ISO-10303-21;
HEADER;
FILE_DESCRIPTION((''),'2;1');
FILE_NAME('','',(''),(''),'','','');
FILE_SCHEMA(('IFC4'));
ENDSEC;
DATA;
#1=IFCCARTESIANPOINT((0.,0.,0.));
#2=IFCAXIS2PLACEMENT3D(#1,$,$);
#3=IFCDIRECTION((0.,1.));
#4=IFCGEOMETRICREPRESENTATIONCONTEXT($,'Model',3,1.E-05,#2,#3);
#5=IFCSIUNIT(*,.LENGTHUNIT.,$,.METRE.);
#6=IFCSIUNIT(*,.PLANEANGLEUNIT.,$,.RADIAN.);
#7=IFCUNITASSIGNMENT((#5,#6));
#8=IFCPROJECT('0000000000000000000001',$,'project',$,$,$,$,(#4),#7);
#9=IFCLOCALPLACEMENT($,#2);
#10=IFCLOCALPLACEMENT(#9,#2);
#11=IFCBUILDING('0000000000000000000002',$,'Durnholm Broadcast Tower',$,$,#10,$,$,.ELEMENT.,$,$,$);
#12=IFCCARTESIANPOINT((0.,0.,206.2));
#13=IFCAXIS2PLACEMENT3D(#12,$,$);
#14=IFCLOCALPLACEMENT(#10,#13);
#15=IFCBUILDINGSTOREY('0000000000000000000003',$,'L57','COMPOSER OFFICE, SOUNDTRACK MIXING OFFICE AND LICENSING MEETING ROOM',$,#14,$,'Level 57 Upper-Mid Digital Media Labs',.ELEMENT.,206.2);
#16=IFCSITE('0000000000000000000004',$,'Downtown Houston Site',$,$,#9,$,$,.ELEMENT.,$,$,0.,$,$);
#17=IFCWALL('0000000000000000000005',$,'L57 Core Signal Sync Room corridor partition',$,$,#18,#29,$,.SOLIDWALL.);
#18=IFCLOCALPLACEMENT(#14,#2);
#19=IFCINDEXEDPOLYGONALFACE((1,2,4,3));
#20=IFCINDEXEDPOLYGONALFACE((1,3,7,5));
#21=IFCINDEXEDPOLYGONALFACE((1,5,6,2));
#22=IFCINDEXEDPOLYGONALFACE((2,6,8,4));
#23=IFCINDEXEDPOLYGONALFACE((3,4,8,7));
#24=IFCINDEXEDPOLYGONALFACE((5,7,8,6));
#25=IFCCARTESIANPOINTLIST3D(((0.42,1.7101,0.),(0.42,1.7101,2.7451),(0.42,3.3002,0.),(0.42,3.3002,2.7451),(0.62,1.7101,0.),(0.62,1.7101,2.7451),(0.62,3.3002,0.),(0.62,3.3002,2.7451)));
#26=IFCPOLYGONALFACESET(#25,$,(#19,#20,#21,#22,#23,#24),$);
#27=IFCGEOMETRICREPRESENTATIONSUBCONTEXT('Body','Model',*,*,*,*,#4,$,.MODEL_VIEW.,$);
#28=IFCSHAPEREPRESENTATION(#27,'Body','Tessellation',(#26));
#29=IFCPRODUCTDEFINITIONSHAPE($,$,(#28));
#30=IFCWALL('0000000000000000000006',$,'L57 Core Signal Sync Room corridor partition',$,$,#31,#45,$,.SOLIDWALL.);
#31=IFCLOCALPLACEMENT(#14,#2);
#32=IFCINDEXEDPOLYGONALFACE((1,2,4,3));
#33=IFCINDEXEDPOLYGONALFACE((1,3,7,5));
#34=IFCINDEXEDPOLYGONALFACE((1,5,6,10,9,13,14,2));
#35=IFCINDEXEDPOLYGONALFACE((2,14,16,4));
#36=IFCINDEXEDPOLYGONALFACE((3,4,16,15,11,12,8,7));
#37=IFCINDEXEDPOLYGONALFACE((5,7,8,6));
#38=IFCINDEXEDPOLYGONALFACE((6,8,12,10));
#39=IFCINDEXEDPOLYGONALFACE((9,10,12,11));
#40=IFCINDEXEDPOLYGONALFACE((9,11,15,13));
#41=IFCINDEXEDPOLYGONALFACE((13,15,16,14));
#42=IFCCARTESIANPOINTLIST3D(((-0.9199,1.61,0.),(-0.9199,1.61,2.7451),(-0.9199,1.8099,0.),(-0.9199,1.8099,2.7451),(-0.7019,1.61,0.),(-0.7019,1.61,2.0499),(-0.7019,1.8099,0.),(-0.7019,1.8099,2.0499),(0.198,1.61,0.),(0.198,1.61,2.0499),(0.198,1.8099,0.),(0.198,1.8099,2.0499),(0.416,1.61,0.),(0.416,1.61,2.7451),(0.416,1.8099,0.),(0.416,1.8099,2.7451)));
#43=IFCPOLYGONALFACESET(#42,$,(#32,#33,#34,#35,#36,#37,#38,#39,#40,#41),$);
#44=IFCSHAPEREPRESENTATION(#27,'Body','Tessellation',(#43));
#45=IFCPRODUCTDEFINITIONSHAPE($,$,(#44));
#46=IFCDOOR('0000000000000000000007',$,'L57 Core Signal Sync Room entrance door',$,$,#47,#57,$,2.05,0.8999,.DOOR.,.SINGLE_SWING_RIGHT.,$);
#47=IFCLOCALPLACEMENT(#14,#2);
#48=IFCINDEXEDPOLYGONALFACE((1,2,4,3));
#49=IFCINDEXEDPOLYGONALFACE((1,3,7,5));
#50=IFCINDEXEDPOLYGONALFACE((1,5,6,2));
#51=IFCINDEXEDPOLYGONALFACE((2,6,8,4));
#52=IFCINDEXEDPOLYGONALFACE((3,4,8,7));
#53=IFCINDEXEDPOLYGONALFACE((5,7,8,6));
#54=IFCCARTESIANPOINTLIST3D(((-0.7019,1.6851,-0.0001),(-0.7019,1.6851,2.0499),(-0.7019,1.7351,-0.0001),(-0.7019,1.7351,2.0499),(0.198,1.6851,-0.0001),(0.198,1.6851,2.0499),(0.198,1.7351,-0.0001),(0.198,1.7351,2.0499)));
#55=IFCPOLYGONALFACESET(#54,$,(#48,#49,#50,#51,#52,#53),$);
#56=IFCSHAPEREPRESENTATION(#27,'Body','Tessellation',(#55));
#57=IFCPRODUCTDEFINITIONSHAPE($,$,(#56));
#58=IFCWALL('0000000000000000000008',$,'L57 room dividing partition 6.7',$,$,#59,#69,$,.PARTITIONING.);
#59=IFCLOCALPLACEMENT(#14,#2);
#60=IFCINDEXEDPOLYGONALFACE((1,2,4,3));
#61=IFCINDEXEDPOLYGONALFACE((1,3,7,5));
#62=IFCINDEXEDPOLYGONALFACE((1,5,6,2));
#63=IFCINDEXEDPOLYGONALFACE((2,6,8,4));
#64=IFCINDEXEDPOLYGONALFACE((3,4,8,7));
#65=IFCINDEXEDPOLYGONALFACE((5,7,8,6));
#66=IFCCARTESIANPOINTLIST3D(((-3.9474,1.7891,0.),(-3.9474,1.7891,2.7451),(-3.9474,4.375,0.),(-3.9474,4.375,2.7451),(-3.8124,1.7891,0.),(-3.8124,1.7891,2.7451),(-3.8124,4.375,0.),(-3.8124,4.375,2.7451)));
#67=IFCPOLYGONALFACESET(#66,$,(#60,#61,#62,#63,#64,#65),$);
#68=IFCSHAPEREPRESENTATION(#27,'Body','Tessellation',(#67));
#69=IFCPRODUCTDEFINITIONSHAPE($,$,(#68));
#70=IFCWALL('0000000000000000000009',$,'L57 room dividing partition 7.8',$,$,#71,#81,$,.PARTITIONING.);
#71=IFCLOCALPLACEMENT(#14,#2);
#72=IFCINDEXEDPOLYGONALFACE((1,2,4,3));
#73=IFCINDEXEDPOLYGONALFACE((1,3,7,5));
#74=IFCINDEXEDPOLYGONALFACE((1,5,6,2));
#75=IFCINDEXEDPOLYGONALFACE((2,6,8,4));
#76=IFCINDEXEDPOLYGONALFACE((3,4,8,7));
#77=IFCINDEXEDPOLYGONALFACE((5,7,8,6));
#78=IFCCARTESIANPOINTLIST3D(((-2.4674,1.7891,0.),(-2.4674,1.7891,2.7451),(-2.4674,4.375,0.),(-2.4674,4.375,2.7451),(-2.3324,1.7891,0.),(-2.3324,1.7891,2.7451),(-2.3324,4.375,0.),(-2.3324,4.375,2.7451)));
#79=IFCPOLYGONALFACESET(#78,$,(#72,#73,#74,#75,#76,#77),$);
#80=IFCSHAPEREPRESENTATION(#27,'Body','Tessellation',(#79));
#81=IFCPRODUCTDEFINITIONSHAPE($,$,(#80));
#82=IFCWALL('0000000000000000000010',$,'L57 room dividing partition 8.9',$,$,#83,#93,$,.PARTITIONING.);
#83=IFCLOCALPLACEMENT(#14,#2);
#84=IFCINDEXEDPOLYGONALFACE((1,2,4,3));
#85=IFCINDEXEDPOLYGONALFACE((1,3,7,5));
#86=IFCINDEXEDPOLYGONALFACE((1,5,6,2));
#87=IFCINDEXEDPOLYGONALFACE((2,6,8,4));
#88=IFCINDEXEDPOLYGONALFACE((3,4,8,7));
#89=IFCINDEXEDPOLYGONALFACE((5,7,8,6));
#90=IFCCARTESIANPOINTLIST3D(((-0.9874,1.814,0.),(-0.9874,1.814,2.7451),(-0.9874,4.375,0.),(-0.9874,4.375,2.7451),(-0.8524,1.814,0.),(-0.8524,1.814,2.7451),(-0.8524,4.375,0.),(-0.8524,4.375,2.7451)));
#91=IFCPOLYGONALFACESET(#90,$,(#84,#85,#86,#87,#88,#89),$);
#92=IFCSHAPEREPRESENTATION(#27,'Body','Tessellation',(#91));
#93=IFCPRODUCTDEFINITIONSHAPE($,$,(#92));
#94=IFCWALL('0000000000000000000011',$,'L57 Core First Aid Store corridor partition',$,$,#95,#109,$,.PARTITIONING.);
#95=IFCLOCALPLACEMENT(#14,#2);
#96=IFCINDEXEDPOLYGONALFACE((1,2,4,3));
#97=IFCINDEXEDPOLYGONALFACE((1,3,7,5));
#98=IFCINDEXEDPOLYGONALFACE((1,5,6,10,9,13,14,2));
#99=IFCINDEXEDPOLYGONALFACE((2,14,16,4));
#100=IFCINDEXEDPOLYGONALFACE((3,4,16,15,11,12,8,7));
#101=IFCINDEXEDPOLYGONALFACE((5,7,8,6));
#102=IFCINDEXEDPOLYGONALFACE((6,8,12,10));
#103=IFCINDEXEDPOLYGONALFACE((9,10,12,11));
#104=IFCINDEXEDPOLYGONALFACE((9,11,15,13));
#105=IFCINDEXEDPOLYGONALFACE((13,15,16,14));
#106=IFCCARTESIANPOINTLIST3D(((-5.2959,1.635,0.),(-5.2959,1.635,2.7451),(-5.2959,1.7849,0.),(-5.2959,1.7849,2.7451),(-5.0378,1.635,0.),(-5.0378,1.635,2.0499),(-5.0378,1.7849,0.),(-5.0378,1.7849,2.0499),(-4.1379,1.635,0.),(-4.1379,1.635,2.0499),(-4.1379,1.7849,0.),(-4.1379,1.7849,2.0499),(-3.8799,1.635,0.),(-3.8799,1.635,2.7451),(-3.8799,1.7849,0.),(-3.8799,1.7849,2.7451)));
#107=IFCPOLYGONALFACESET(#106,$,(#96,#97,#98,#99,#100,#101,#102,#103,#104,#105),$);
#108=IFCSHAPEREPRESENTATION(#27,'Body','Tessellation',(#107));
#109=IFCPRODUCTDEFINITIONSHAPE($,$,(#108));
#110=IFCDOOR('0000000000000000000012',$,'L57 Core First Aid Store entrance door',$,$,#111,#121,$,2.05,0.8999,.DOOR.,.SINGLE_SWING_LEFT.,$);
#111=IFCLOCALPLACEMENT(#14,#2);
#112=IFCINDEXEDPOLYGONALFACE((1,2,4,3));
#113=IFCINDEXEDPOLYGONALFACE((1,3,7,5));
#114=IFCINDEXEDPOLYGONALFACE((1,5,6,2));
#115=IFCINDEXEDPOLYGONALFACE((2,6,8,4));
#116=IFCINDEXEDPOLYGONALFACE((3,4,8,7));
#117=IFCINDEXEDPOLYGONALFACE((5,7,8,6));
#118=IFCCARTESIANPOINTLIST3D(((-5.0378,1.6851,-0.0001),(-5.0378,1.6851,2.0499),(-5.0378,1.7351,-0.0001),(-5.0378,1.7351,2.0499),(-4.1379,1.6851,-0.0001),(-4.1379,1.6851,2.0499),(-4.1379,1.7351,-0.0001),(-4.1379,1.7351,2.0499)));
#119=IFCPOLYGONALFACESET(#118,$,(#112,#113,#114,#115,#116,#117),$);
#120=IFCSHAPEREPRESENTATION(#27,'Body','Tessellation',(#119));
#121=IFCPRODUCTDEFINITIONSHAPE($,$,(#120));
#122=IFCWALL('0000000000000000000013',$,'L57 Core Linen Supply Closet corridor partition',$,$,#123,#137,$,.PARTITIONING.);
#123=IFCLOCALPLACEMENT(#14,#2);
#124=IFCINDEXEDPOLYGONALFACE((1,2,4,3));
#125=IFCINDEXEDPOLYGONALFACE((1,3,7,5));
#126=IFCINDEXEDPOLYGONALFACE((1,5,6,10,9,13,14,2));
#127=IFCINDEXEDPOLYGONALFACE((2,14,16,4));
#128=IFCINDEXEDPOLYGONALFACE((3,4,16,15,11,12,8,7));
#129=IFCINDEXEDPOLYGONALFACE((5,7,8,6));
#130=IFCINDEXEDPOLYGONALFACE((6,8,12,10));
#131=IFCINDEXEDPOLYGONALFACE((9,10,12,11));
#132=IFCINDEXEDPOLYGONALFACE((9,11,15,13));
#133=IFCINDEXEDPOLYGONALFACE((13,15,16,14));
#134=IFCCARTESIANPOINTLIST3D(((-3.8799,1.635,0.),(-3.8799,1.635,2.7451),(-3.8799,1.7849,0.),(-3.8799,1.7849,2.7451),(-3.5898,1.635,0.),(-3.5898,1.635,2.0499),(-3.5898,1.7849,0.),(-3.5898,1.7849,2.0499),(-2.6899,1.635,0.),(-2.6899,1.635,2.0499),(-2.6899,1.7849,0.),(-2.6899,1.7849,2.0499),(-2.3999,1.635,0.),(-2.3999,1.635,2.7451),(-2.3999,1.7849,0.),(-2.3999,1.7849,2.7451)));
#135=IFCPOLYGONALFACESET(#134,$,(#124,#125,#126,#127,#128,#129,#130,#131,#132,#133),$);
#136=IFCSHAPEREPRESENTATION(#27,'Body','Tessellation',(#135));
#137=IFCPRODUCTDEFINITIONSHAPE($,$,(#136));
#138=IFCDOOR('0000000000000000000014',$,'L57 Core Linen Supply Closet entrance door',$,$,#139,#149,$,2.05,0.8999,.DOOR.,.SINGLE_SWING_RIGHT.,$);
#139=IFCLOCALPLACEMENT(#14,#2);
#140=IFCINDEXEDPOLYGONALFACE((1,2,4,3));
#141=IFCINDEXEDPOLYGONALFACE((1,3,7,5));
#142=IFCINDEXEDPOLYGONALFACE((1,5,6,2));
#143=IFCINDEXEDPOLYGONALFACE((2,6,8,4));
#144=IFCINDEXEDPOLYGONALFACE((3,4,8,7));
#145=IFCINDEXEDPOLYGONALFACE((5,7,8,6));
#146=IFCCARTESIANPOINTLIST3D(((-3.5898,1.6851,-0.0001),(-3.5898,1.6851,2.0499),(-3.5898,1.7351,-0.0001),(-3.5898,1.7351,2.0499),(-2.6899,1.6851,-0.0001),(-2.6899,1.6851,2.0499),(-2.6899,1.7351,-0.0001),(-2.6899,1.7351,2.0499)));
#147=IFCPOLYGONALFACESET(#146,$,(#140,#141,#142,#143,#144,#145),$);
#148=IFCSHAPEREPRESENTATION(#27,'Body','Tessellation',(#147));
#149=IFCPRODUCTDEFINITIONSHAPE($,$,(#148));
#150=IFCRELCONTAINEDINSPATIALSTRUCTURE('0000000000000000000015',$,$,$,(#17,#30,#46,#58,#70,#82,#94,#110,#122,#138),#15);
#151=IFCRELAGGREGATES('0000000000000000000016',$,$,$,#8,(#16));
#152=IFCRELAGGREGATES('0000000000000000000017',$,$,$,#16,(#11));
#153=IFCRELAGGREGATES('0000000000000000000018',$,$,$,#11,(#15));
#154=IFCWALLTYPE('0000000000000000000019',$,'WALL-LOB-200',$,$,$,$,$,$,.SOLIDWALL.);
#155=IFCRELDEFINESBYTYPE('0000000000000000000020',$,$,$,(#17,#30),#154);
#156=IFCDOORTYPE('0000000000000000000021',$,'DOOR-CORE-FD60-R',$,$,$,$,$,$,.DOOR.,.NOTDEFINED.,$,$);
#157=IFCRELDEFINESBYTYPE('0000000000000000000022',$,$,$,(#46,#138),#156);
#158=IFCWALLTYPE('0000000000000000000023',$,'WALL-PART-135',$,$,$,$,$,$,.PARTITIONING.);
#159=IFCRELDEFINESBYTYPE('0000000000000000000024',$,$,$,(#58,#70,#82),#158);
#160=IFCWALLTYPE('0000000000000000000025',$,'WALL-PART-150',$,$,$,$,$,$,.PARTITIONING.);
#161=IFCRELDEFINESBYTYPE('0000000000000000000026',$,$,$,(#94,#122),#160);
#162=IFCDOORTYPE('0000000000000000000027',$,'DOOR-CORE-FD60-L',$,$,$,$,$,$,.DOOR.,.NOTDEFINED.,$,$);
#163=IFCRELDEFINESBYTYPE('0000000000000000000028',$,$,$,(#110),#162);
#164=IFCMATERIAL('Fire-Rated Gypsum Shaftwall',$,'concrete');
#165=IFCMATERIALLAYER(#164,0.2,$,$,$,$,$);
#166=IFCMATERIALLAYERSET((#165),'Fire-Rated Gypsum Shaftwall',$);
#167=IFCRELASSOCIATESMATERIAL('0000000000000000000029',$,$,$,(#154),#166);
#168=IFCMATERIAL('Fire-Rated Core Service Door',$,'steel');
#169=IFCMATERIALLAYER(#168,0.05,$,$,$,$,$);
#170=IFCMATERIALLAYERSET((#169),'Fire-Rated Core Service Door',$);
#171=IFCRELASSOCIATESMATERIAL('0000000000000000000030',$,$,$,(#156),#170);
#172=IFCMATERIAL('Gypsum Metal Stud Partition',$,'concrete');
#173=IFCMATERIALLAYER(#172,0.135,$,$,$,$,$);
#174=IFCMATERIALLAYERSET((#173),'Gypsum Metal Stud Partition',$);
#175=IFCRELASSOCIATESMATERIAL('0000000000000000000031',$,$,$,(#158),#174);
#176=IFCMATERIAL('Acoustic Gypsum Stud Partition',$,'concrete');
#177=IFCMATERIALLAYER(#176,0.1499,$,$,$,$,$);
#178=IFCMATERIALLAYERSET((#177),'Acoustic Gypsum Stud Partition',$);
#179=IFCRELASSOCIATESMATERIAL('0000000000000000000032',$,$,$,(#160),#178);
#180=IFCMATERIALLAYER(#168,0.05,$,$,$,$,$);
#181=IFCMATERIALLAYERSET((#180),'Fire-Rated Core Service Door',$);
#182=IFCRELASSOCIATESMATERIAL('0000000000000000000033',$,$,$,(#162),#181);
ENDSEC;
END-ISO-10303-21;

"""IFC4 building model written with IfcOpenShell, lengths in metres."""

from ifc_helpers import new_model, si_unit, direction, frame, frame_2d, origin, place, context, subcontext, project, spatial, rectangle, extrude, source, transform, mapped, material, layer, layer_set, type_object, type_shapes, element, fill, save


model = new_model("IFC4")

# Units and contexts
model_context = context("Model", 3, precision=1e-05, world=origin(), true_north=direction((0.0, 1.0)))
body_context = subcontext(model_context, "Body", "Model", "MODEL_VIEW")
ifc_project = project(units=[si_unit("LENGTHUNIT", "METRE"), si_unit("PLANEANGLEUNIT", "RADIAN")], contexts=[model_context])

# Site, building, storey
site_placement = place(None, origin())
site = spatial("IfcSite", under=ifc_project, at=site_placement, Name="Downtown Houston Site", CompositionType="ELEMENT", RefElevation=0.0)
building_placement = place(site_placement, origin())
building = spatial("IfcBuilding", under=site, at=building_placement, Name="Durnholm Broadcast Tower", CompositionType="ELEMENT")
storey_placement = place(building_placement, frame((0.0, 0.0, 206.2)))
storey = spatial("IfcBuildingStorey", under=building, at=storey_placement, Name="L57", Description="COMPOSER OFFICE, SOUNDTRACK MIXING OFFICE AND LICENSING MEETING ROOM", LongName="Level 57 Upper-Mid Digital Media Labs", CompositionType="ELEMENT", Elevation=206.2)

# Shared definitions
ifc_material_1 = material(Name="Fire-Rated Gypsum Shaftwall", Category="concrete")
ifc_layer_1 = layer(ifc_material_1, 0.2)
ifc_layer_set_1 = layer_set([ifc_layer_1], Name="Fire-Rated Gypsum Shaftwall")
wall_type_1 = type_object("IfcWallType", Name="WALL-LOB-200", PredefinedType="SOLIDWALL", material=ifc_layer_set_1)

# Wall
wall_1_placement = place(storey_placement, frame((0.52, 3.3, 0.0), z_axis=(0.0, 0.0, 1.0), x_axis=(0.0, -1.0, 0.0)))
element("IfcWall", 1, at=wall_1_placement, inside=storey, type_object=wall_type_1, Name="L57 Core Signal Sync Room corridor partition", PredefinedType="SOLIDWALL", context=body_context, shape_type="SweptSolid", body=[
    extrude(rectangle(XDim=1.5901, YDim=0.2, at=frame_2d((0.7949, 0.0))), origin(), (0.0, 0.0, 1.0), 2.7451),
])

# Wall, opening, door
wall_2_placement = place(storey_placement, frame((0.416, 1.71, 0.0), z_axis=(0.0, 0.0, 1.0), x_axis=(-1.0, 0.0, 0.0)))
wall_2 = element("IfcWall", 2, at=wall_2_placement, inside=storey, type_object=wall_type_1, Name="L57 Core Signal Sync Room corridor partition", PredefinedType="SOLIDWALL", context=body_context, shape_type="SweptSolid", body=[
    extrude(rectangle(XDim=1.3359, YDim=0.2, at=frame_2d((0.668, 0.0))), origin(), (0.0, 0.0, 1.0), 2.7451),
])
opening_1_placement = place(wall_2_placement, frame((0.218, 0.0, 0.0)))
opening_1 = element("IfcOpeningElement", 3, at=opening_1_placement, cuts=wall_2, PredefinedType="OPENING", context=body_context, shape_type="SweptSolid", body=[
    extrude(rectangle(XDim=0.8999, YDim=2.05, at=frame_2d((0.45, 1.0249))), frame((0.0, 0.1099, 0.0), z_axis=(0.0, -1.0, 0.0), x_axis=(1.0, 0.0, 0.0)), (0.0, 0.0, 1.0), 0.22),
])
ifc_material_2 = material(Name="Fire-Rated Core Service Door", Category="steel")
ifc_layer_2 = layer(ifc_material_2, 0.05)
ifc_layer_set_2 = layer_set([ifc_layer_2], Name="Fire-Rated Core Service Door")
door_type_1 = type_object("IfcDoorType", Name="DOOR-CORE-FD60-R", OperationType="NOTDEFINED", PredefinedType="DOOR", material=ifc_layer_set_2)
shared_shape_1 = source(origin(), body_context, "Body", "SweptSolid", [
    extrude(rectangle(XDim=0.8999, YDim=2.05, at=frame_2d((0.45, 1.0249))), frame((0.0, 0.0249, 0.0), z_axis=(0.0, -1.0, 0.0), x_axis=(1.0, 0.0, 0.0)), (0.0, 0.0, 1.0), 0.05),
])
type_shapes(door_type_1, [shared_shape_1])
door_1_placement = place(opening_1_placement, origin())
door_1 = element("IfcDoor", 4, at=door_1_placement, inside=storey, type_object=door_type_1, Name="L57 Core Signal Sync Room entrance door", OperationType="SINGLE_SWING_RIGHT", OverallHeight=2.05, OverallWidth=0.8999, PredefinedType="DOOR", context=body_context, shape_type="MappedRepresentation", body=[
    mapped(shared_shape_1, transform((0.0, 0.0, 0.0), x_axis=(1.0, 0.0, 0.0), y_axis=(0.0, 1.0, 0.0), z_axis=(0.0, 0.0, 1.0), scale=1.0)),
])
fill(opening_1, door_1)

# Walls
ifc_material_3 = material(Name="Gypsum Metal Stud Partition", Category="concrete")
ifc_layer_3 = layer(ifc_material_3, 0.135)
ifc_layer_set_3 = layer_set([ifc_layer_3], Name="Gypsum Metal Stud Partition")
wall_type_2 = type_object("IfcWallType", Name="WALL-PART-135", PredefinedType="PARTITIONING", material=ifc_layer_set_3)
for number, where, z_axis, x_axis, name in (
    (5, (-3.8799, 4.375, 0.0), (0.0, 0.0, 1.0), (0.0, -1.0, 0.0), "L57 room dividing partition 6.7"),
    (6, (-2.3999, 4.375, 0.0), (0.0, 0.0, 1.0), (0.0, -1.0, 0.0), "L57 room dividing partition 7.8"),
):
    element("IfcWall", number, at=place(storey_placement, frame(where, z_axis=z_axis, x_axis=x_axis)), inside=storey, type_object=wall_type_2, Name=name, PredefinedType="PARTITIONING", context=body_context, shape_type="SweptSolid", body=[
        extrude(rectangle(XDim=2.5859, YDim=0.135, at=frame_2d((1.293, 0.0))), origin(), (0.0, 0.0, 1.0), 2.7451),
    ])
wall_3_placement = place(storey_placement, frame((-0.9199, 4.375, 0.0), z_axis=(0.0, 0.0, 1.0), x_axis=(0.0, -1.0, 0.0)))
element("IfcWall", 7, at=wall_3_placement, inside=storey, type_object=wall_type_2, Name="L57 room dividing partition 8.9", PredefinedType="PARTITIONING", context=body_context, shape_type="SweptSolid", body=[
    extrude(rectangle(XDim=2.561, YDim=0.135, at=frame_2d((1.2805, 0.0))), origin(), (0.0, 0.0, 1.0), 2.7451),
])

# Walls, openings, doors
ifc_material_4 = material(Name="Acoustic Gypsum Stud Partition", Category="concrete")
ifc_layer_4 = layer(ifc_material_4, 0.1499)
ifc_layer_set_4 = layer_set([ifc_layer_4], Name="Acoustic Gypsum Stud Partition")
wall_type_3 = type_object("IfcWallType", Name="WALL-PART-150", PredefinedType="PARTITIONING", material=ifc_layer_set_4)
wall_4_placement = place(storey_placement, frame((-3.8799, 1.71, 0.0), z_axis=(0.0, 0.0, 1.0), x_axis=(-1.0, 0.0, 0.0)))
wall_4 = element("IfcWall", 8, at=wall_4_placement, inside=storey, type_object=wall_type_3, Name="L57 Core First Aid Store corridor partition", PredefinedType="PARTITIONING", context=body_context, shape_type="SweptSolid", body=[
    extrude(rectangle(XDim=1.416, YDim=0.1499, at=frame_2d((0.708, 0.0))), origin(), (0.0, 0.0, 1.0), 2.7451),
])
opening_2_placement = place(wall_4_placement, frame((0.2581, 0.0, 0.0)))
opening_2 = element("IfcOpeningElement", 9, at=opening_2_placement, cuts=wall_4, PredefinedType="OPENING", context=body_context, shape_type="SweptSolid", body=[
    extrude(rectangle(XDim=0.8999, YDim=2.05, at=frame_2d((0.45, 1.0249))), frame((0.0, 0.085, 0.0), z_axis=(0.0, -1.0, 0.0), x_axis=(1.0, 0.0, 0.0)), (0.0, 0.0, 1.0), 0.1699),
])
ifc_layer_5 = layer(ifc_material_2, 0.05)
ifc_layer_set_5 = layer_set([ifc_layer_5], Name="Fire-Rated Core Service Door")
door_type_2 = type_object("IfcDoorType", Name="DOOR-CORE-FD60-L", OperationType="NOTDEFINED", PredefinedType="DOOR", material=ifc_layer_set_5)
shared_shape_2 = source(origin(), body_context, "Body", "SweptSolid", [
    extrude(rectangle(XDim=0.8999, YDim=2.05, at=frame_2d((0.45, 1.0249))), frame((0.0, 0.0249, 0.0), z_axis=(0.0, -1.0, 0.0), x_axis=(1.0, 0.0, 0.0)), (0.0, 0.0, 1.0), 0.05),
])
type_shapes(door_type_2, [shared_shape_2])
door_2_placement = place(opening_2_placement, origin())
door_2 = element("IfcDoor", 10, at=door_2_placement, inside=storey, type_object=door_type_2, Name="L57 Core First Aid Store entrance door", OperationType="SINGLE_SWING_LEFT", OverallHeight=2.05, OverallWidth=0.8999, PredefinedType="DOOR", context=body_context, shape_type="MappedRepresentation", body=[
    mapped(shared_shape_2, transform((0.0, 0.0, 0.0), x_axis=(1.0, 0.0, 0.0), y_axis=(0.0, 1.0, 0.0), z_axis=(0.0, 0.0, 1.0), scale=1.0)),
])
fill(opening_2, door_2)
wall_5_placement = place(storey_placement, frame((-2.3999, 1.71, 0.0), z_axis=(0.0, 0.0, 1.0), x_axis=(-1.0, 0.0, 0.0)))
wall_5 = element("IfcWall", 11, at=wall_5_placement, inside=storey, type_object=wall_type_3, Name="L57 Core Linen Supply Closet corridor partition", PredefinedType="PARTITIONING", context=body_context, shape_type="SweptSolid", body=[
    extrude(rectangle(XDim=1.48, YDim=0.1499, at=frame_2d((0.74, 0.0))), origin(), (0.0, 0.0, 1.0), 2.7451),
])
opening_3_placement = place(wall_5_placement, frame((0.29, 0.0, 0.0)))
opening_3 = element("IfcOpeningElement", 12, at=opening_3_placement, cuts=wall_5, PredefinedType="OPENING", context=body_context, shape_type="SweptSolid", body=[
    extrude(rectangle(XDim=0.8999, YDim=2.05, at=frame_2d((0.45, 1.0249))), frame((0.0, 0.085, 0.0), z_axis=(0.0, -1.0, 0.0), x_axis=(1.0, 0.0, 0.0)), (0.0, 0.0, 1.0), 0.1699),
])
door_3_placement = place(opening_3_placement, origin())
door_3 = element("IfcDoor", 13, at=door_3_placement, inside=storey, type_object=door_type_1, Name="L57 Core Linen Supply Closet entrance door", OperationType="SINGLE_SWING_RIGHT", OverallHeight=2.05, OverallWidth=0.8999, PredefinedType="DOOR", context=body_context, shape_type="MappedRepresentation", body=[
    mapped(shared_shape_1, transform((0.0, 0.0, 0.0), x_axis=(1.0, 0.0, 0.0), y_axis=(0.0, 1.0, 0.0), z_axis=(0.0, 0.0, 1.0), scale=1.0)),
])
fill(opening_3, door_3)

save(model, "model.ifc")
